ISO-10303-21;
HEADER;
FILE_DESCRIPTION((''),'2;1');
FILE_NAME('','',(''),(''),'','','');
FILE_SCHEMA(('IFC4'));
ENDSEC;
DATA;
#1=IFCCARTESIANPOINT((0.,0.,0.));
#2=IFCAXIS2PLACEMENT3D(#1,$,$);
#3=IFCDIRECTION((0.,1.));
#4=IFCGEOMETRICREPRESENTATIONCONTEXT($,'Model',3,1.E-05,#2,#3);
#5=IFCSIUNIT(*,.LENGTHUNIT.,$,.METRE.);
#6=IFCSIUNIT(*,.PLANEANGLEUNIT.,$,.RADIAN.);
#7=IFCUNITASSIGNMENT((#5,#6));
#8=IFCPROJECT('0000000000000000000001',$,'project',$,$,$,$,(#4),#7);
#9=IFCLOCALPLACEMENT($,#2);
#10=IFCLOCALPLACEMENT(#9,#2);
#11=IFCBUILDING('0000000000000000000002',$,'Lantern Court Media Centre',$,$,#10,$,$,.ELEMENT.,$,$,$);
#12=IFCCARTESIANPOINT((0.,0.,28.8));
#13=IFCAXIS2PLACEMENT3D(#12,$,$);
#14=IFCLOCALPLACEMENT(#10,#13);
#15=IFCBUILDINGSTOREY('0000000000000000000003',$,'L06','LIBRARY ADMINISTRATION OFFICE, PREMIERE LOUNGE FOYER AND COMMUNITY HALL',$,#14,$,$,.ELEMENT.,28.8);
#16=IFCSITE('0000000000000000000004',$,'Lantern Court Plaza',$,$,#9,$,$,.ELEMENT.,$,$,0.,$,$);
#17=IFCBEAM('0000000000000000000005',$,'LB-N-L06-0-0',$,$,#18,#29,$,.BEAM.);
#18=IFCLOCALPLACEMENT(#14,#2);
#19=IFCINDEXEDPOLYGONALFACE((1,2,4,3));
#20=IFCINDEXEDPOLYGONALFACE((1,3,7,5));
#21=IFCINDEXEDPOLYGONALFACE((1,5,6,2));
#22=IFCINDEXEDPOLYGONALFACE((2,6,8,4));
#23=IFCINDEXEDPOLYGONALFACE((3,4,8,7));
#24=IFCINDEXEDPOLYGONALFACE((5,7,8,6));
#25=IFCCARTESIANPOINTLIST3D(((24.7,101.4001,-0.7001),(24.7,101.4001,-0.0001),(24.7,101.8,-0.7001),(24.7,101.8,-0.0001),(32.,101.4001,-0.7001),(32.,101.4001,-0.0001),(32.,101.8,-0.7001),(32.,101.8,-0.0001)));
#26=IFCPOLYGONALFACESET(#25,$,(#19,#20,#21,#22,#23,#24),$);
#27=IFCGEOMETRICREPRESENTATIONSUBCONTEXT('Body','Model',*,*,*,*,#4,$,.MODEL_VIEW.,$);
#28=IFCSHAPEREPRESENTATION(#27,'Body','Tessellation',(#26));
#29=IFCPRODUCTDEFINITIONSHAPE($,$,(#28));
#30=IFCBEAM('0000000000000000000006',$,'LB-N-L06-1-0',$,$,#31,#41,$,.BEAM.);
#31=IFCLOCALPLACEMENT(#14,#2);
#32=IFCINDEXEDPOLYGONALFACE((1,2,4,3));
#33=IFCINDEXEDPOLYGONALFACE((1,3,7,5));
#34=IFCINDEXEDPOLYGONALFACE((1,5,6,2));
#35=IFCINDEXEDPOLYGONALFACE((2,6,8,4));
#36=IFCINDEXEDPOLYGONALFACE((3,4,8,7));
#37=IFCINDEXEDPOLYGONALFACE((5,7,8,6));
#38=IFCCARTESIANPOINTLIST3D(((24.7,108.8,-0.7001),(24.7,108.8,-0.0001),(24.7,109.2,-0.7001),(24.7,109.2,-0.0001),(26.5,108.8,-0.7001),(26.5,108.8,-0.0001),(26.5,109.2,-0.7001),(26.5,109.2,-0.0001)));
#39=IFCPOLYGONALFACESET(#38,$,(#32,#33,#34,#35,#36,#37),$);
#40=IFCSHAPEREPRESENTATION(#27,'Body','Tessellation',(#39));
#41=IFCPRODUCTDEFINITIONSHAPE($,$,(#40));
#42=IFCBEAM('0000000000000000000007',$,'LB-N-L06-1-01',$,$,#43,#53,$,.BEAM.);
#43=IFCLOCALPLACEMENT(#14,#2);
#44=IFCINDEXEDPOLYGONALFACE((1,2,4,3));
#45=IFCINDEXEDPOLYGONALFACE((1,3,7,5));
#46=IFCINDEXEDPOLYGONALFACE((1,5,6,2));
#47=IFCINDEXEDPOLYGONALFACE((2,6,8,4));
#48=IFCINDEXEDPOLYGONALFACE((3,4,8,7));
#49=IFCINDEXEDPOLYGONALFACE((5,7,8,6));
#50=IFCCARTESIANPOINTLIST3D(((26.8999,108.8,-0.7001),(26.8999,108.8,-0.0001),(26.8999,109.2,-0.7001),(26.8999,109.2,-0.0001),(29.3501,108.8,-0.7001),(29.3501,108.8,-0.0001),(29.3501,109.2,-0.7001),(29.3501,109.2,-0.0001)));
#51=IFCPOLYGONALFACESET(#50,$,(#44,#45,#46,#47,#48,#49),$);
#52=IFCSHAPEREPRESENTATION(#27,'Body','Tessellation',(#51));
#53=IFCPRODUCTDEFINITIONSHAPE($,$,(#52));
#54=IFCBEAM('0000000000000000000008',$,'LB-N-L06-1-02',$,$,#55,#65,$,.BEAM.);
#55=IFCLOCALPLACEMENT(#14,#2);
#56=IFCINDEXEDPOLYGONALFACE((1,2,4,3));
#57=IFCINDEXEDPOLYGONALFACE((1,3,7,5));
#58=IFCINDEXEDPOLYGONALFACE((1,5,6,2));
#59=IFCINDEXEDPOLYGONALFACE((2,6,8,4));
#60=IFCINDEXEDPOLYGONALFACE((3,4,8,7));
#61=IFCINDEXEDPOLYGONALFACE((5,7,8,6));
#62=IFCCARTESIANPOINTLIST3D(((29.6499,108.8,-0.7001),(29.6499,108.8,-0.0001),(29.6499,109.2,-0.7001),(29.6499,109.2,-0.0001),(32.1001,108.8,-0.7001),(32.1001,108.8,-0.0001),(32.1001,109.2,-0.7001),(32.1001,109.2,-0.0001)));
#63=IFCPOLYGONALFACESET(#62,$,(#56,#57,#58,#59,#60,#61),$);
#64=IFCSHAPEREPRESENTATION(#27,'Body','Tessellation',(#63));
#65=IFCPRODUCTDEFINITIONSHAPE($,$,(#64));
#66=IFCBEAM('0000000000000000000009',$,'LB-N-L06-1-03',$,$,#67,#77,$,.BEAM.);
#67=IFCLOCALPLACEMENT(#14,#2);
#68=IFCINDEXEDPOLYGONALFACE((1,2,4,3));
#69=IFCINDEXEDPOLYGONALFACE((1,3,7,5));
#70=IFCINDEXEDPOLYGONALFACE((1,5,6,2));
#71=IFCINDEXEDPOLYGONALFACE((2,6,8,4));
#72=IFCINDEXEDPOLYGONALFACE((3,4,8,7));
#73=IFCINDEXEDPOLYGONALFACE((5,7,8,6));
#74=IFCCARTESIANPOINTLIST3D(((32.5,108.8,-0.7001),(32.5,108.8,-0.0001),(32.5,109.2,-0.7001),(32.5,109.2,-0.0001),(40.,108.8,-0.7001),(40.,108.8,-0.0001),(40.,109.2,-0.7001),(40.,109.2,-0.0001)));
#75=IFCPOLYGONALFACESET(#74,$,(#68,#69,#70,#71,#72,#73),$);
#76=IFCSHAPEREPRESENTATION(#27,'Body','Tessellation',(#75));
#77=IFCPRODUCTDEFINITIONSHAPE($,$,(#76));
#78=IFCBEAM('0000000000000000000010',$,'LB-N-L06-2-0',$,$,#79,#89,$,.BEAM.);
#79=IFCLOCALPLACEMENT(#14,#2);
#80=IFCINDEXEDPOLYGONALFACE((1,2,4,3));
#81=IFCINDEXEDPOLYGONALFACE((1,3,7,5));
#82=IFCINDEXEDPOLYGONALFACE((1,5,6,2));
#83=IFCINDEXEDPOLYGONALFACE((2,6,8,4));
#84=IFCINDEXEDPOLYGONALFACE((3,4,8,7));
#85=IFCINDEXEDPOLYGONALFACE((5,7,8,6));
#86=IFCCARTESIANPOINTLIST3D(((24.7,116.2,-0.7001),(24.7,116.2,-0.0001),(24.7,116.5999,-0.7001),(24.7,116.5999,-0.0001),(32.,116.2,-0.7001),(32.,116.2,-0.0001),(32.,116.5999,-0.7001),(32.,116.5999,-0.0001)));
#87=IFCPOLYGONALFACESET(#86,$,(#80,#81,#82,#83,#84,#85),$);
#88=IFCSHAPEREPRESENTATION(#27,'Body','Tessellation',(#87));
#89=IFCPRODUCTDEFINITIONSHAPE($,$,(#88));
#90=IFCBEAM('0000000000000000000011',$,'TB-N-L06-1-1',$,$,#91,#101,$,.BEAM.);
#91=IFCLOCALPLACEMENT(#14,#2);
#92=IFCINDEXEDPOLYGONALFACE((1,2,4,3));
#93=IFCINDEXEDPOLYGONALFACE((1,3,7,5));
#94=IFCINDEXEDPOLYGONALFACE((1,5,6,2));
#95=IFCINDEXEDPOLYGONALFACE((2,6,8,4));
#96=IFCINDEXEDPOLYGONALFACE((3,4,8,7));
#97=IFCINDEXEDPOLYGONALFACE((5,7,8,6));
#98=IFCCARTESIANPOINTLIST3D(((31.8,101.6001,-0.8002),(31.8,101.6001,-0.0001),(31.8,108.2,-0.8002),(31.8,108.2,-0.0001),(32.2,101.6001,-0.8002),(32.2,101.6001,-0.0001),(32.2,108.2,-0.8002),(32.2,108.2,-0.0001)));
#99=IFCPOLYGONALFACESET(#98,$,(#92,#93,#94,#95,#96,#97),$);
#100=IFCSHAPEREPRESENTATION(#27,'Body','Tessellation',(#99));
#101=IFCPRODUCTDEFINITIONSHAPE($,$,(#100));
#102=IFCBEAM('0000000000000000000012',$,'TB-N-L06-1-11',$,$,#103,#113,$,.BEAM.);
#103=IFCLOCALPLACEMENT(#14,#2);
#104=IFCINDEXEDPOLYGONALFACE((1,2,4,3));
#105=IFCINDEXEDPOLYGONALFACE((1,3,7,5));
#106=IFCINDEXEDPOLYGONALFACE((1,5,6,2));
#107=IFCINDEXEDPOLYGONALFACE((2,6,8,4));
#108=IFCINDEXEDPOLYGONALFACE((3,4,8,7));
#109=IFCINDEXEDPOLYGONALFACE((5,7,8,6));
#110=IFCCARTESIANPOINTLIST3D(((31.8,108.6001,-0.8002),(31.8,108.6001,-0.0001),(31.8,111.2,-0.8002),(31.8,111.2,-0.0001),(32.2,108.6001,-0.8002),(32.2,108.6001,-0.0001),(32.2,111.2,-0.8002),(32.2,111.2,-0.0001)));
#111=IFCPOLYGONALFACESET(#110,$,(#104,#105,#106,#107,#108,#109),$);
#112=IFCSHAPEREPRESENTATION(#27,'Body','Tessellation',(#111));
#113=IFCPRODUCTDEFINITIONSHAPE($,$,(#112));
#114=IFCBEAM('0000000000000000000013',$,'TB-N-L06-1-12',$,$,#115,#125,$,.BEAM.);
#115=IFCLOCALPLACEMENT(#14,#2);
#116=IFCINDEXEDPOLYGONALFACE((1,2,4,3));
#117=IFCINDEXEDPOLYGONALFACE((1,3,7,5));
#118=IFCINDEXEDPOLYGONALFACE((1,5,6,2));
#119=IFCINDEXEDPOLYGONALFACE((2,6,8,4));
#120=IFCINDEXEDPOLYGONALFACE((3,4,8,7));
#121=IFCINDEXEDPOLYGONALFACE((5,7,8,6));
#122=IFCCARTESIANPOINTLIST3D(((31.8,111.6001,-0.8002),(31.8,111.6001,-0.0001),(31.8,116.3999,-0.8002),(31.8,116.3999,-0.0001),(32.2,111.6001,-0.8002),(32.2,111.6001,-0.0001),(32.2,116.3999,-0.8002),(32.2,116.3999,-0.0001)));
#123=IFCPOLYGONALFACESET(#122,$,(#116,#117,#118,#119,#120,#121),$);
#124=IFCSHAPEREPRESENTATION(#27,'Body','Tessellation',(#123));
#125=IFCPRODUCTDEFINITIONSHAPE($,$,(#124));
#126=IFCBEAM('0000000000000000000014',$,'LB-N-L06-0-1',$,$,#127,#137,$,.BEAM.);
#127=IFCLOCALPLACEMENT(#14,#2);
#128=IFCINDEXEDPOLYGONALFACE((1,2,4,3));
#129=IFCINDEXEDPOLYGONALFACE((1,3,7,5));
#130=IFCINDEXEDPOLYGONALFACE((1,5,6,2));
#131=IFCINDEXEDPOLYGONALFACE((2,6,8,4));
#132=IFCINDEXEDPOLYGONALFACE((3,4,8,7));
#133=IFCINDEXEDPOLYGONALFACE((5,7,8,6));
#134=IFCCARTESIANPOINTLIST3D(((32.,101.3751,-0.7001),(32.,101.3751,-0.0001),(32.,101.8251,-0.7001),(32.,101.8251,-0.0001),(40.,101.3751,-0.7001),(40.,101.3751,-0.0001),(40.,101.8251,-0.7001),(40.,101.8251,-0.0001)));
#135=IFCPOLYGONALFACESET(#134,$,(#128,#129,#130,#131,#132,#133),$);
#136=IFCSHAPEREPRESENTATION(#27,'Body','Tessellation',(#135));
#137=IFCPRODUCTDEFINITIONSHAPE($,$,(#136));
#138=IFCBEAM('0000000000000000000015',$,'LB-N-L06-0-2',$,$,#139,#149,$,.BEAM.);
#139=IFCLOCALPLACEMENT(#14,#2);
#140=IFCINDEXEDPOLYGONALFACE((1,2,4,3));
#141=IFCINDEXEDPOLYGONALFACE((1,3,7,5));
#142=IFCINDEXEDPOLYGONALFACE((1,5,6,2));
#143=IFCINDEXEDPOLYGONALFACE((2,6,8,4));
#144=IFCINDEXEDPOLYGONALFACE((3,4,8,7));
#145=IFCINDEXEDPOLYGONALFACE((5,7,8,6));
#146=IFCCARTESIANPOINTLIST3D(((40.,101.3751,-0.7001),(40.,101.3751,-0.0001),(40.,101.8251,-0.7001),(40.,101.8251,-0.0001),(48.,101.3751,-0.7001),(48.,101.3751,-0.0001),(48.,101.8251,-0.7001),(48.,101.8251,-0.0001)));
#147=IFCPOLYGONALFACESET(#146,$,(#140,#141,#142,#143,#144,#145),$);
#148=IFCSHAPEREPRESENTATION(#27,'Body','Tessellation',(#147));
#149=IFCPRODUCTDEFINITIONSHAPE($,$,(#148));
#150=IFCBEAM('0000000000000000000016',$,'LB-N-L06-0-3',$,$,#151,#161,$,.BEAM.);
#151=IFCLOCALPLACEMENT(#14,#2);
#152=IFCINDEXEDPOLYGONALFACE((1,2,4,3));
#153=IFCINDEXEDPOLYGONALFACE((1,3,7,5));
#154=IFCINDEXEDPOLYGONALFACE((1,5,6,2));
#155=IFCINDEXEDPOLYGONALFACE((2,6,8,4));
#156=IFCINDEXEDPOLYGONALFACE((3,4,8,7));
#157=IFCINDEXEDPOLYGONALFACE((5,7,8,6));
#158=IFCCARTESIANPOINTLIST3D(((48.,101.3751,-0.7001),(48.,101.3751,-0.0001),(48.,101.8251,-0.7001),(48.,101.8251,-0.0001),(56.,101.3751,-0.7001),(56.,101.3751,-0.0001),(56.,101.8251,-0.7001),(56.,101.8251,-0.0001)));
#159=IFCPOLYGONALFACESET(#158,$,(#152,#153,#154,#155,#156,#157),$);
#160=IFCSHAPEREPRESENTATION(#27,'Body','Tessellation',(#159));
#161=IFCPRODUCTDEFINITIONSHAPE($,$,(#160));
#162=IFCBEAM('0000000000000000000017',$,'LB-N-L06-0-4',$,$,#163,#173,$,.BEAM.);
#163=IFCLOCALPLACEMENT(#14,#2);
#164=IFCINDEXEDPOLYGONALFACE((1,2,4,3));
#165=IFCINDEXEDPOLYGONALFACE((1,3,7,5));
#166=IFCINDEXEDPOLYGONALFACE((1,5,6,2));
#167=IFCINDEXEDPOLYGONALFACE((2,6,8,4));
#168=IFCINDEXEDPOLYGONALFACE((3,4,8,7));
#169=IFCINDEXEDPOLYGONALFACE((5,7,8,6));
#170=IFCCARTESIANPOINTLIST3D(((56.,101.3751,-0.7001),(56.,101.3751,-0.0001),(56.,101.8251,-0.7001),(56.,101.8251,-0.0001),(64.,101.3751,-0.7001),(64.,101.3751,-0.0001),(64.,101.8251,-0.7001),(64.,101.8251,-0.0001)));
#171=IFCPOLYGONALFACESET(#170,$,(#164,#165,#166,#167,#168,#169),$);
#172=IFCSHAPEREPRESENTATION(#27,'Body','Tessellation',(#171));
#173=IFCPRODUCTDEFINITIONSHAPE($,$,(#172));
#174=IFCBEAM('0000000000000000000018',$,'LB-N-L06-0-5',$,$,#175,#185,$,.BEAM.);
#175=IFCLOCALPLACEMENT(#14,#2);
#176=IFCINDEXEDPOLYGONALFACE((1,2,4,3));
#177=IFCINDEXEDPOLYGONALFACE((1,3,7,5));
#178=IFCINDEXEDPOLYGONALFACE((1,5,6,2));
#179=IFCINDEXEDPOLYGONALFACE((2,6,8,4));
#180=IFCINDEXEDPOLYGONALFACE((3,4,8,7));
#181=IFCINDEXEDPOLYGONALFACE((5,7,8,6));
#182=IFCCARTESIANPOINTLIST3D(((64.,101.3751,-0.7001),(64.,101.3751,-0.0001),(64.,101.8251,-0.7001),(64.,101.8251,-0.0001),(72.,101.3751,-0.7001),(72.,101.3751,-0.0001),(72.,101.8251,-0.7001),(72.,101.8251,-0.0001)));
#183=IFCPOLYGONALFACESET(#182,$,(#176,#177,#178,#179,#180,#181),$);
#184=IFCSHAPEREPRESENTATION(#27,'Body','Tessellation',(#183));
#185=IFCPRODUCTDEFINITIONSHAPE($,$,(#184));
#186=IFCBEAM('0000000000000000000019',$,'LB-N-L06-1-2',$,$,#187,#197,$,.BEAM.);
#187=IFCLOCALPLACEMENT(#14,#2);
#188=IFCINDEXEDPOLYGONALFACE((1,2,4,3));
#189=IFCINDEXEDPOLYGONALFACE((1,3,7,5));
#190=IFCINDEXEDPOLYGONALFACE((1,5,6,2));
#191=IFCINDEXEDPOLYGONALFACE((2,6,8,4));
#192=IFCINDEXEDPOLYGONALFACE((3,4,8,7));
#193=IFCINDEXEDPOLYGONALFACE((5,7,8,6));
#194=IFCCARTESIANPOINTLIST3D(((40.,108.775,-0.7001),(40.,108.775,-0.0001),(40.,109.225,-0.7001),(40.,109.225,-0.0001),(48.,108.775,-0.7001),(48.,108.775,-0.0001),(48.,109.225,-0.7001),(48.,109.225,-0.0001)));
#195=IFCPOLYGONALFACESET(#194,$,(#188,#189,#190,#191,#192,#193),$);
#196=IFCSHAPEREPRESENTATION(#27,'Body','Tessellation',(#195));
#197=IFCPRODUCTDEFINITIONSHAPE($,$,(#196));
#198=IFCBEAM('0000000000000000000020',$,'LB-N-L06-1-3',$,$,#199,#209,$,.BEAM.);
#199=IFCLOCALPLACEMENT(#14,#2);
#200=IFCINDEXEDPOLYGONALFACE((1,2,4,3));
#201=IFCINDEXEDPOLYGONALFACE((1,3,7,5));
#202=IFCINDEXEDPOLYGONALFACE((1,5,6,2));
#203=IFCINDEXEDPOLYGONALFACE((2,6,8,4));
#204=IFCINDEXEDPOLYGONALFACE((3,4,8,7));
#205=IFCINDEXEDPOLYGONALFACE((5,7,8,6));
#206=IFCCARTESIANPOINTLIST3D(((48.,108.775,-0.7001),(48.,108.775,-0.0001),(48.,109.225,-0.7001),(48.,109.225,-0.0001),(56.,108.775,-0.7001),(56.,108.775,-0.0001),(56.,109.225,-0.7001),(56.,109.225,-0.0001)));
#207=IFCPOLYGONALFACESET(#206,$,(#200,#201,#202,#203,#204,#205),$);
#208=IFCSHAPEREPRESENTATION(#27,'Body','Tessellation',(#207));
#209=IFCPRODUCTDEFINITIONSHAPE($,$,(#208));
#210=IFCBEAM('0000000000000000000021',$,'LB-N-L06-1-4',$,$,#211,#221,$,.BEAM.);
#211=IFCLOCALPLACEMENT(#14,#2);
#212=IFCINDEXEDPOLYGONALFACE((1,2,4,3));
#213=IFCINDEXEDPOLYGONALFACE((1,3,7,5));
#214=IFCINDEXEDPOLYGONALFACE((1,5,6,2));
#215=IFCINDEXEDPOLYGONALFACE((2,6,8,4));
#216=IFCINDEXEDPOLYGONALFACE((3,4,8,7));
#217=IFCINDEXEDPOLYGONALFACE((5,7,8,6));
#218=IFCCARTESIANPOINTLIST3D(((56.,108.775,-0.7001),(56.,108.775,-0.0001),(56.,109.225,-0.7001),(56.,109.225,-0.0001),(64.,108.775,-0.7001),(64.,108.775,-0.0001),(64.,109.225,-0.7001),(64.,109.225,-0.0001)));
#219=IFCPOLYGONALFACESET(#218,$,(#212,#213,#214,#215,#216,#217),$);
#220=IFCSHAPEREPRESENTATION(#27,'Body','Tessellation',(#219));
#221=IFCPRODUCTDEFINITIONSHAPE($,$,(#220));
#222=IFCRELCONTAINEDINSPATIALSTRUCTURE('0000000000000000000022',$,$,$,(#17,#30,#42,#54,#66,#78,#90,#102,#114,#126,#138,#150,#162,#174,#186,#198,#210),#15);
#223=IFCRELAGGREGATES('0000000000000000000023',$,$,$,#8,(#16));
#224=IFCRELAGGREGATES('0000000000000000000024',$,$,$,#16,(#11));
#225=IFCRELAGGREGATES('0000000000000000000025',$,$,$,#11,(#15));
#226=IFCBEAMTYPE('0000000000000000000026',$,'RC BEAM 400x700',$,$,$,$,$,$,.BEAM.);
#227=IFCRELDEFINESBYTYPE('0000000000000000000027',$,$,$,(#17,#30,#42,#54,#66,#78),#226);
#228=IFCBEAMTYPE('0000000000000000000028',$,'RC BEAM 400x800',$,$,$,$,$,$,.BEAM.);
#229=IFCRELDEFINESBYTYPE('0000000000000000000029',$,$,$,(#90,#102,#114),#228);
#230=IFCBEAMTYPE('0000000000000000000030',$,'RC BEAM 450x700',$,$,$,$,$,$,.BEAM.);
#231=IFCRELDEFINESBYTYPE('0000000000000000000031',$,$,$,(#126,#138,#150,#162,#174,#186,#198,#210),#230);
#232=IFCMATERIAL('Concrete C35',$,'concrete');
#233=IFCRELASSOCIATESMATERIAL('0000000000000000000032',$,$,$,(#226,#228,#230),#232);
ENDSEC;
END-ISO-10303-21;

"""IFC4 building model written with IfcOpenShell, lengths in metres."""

from ifc_helpers import new_model, si_unit, direction, frame, origin, origin_2d, place, context, subcontext, project, spatial, rectangle, extrude, material, material_profile, profile_set, type_object, element, save


model = new_model("IFC4")

# Units and contexts
model_context = context("Model", 3, precision=1e-05, world=origin(), true_north=direction((0.0, 1.0)))
body_context = subcontext(model_context, "Body", "Model", "MODEL_VIEW")
ifc_project = project(units=[si_unit("LENGTHUNIT", "METRE"), si_unit("PLANEANGLEUNIT", "RADIAN")], contexts=[model_context])

# Site, building, storey
site_placement = place(None, origin())
site = spatial("IfcSite", under=ifc_project, at=site_placement, Name="Lantern Court Plaza", CompositionType="ELEMENT", RefElevation=0.0)
building_placement = place(site_placement, origin())
building = spatial("IfcBuilding", under=site, at=building_placement, Name="Lantern Court Media Centre", CompositionType="ELEMENT")
storey_placement = place(building_placement, frame((0.0, 0.0, 28.8)))
storey = spatial("IfcBuildingStorey", under=building, at=storey_placement, Name="L06", Description="LIBRARY ADMINISTRATION OFFICE, PREMIERE LOUNGE FOYER AND COMMUNITY HALL", CompositionType="ELEMENT", Elevation=28.8)

# Beams
ifc_material_1 = material(Name="Concrete C35", Category="concrete")
ifc_material_profile_1 = material_profile(ifc_material_1, rectangle(XDim=0.3999, YDim=0.7, at=origin_2d()), Name="RC 400x700")
ifc_profile_set_1 = profile_set([ifc_material_profile_1], Name="Concrete C35")
beam_type_1 = type_object("IfcBeamType", Name="RC BEAM 400x700", PredefinedType="BEAM", material=ifc_profile_set_1)
beam_1_placement = place(storey_placement, frame((24.7, 101.6001, -0.3501), z_axis=(1.0, 0.0, 0.0), x_axis=(0.0, 1.0, 0.0)))
element("IfcBeam", 1, at=beam_1_placement, inside=storey, type_object=beam_type_1, Name="LB-N-L06-0-0", PredefinedType="BEAM", context=body_context, shape_type="SweptSolid", body=[
    extrude(rectangle(XDim=0.3999, YDim=0.7, at=origin_2d()), origin(), (0.0, 0.0, 1.0), 7.3),
])
beam_2_placement = place(storey_placement, frame((24.7, 109.0, -0.3501), z_axis=(1.0, 0.0, 0.0), x_axis=(0.0, 1.0, 0.0)))
element("IfcBeam", 2, at=beam_2_placement, inside=storey, type_object=beam_type_1, Name="LB-N-L06-1-0", PredefinedType="BEAM", context=body_context, shape_type="SweptSolid", body=[
    extrude(rectangle(XDim=0.3999, YDim=0.7, at=origin_2d()), origin(), (0.0, 0.0, 1.0), 1.8),
])
for number, where, z_axis, x_axis, name in (
    (3, (26.8999, 109.0, -0.3501), (1.0, 0.0, 0.0), (0.0, 1.0, 0.0), "LB-N-L06-1-01"),
    (4, (29.6499, 109.0, -0.3501), (1.0, 0.0, 0.0), (0.0, 1.0, 0.0), "LB-N-L06-1-02"),
):
    element("IfcBeam", number, at=place(storey_placement, frame(where, z_axis=z_axis, x_axis=x_axis)), inside=storey, type_object=beam_type_1, Name=name, PredefinedType="BEAM", context=body_context, shape_type="SweptSolid", body=[
        extrude(rectangle(XDim=0.3999, YDim=0.7, at=origin_2d()), origin(), (0.0, 0.0, 1.0), 2.4502),
    ])
beam_3_placement = place(storey_placement, frame((32.5, 109.0, -0.3501), z_axis=(1.0, 0.0, 0.0), x_axis=(0.0, 1.0, 0.0)))
element("IfcBeam", 5, at=beam_3_placement, inside=storey, type_object=beam_type_1, Name="LB-N-L06-1-03", PredefinedType="BEAM", context=body_context, shape_type="SweptSolid", body=[
    extrude(rectangle(XDim=0.3999, YDim=0.7, at=origin_2d()), origin(), (0.0, 0.0, 1.0), 7.5),
])
beam_4_placement = place(storey_placement, frame((24.7, 116.3999, -0.3501), z_axis=(1.0, 0.0, 0.0), x_axis=(0.0, 1.0, 0.0)))
element("IfcBeam", 6, at=beam_4_placement, inside=storey, type_object=beam_type_1, Name="LB-N-L06-2-0", PredefinedType="BEAM", context=body_context, shape_type="SweptSolid", body=[
    extrude(rectangle(XDim=0.3999, YDim=0.7, at=origin_2d()), origin(), (0.0, 0.0, 1.0), 7.3),
])
ifc_material_profile_2 = material_profile(ifc_material_1, rectangle(XDim=0.3999, YDim=0.8, at=origin_2d()), Name="RC 400x800")
ifc_profile_set_2 = profile_set([ifc_material_profile_2], Name="Concrete C35")
beam_type_2 = type_object("IfcBeamType", Name="RC BEAM 400x800", PredefinedType="BEAM", material=ifc_profile_set_2)
beam_5_placement = place(storey_placement, frame((32.0, 101.6001, -0.4001), z_axis=(0.0, 1.0, 0.0), x_axis=(-1.0, 0.0, 0.0)))
element("IfcBeam", 7, at=beam_5_placement, inside=storey, type_object=beam_type_2, Name="TB-N-L06-1-1", PredefinedType="BEAM", context=body_context, shape_type="SweptSolid", body=[
    extrude(rectangle(XDim=0.3999, YDim=0.8, at=origin_2d()), origin(), (0.0, 0.0, 1.0), 6.5999),
])
beam_6_placement = place(storey_placement, frame((32.0, 108.6001, -0.4001), z_axis=(0.0, 1.0, 0.0), x_axis=(-1.0, 0.0, 0.0)))
element("IfcBeam", 8, at=beam_6_placement, inside=storey, type_object=beam_type_2, Name="TB-N-L06-1-11", PredefinedType="BEAM", context=body_context, shape_type="SweptSolid", body=[
    extrude(rectangle(XDim=0.3999, YDim=0.8, at=origin_2d()), origin(), (0.0, 0.0, 1.0), 2.5999),
])
beam_7_placement = place(storey_placement, frame((32.0, 111.6001, -0.4001), z_axis=(0.0, 1.0, 0.0), x_axis=(-1.0, 0.0, 0.0)))
element("IfcBeam", 9, at=beam_7_placement, inside=storey, type_object=beam_type_2, Name="TB-N-L06-1-12", PredefinedType="BEAM", context=body_context, shape_type="SweptSolid", body=[
    extrude(rectangle(XDim=0.3999, YDim=0.8, at=origin_2d()), origin(), (0.0, 0.0, 1.0), 4.7998),
])
ifc_material_profile_3 = material_profile(ifc_material_1, rectangle(XDim=0.45, YDim=0.7, at=origin_2d()), Name="RC 450x700")
ifc_profile_set_3 = profile_set([ifc_material_profile_3], Name="Concrete C35")
beam_type_3 = type_object("IfcBeamType", Name="RC BEAM 450x700", PredefinedType="BEAM", material=ifc_profile_set_3)
for number, where, z_axis, x_axis, name in (
    (10, (32.0, 101.6001, -0.3501), (1.0, 0.0, 0.0), (0.0, 1.0, 0.0), "LB-N-L06-0-1"),
    (11, (40.0, 101.6001, -0.3501), (1.0, 0.0, 0.0), (0.0, 1.0, 0.0), "LB-N-L06-0-2"),
    (12, (48.0, 101.6001, -0.3501), (1.0, 0.0, 0.0), (0.0, 1.0, 0.0), "LB-N-L06-0-3"),
    (13, (56.0, 101.6001, -0.3501), (1.0, 0.0, 0.0), (0.0, 1.0, 0.0), "LB-N-L06-0-4"),
    (14, (64.0, 101.6001, -0.3501), (1.0, 0.0, 0.0), (0.0, 1.0, 0.0), "LB-N-L06-0-5"),
    (15, (40.0, 109.0, -0.3501), (1.0, 0.0, 0.0), (0.0, 1.0, 0.0), "LB-N-L06-1-2"),
    (16, (48.0, 109.0, -0.3501), (1.0, 0.0, 0.0), (0.0, 1.0, 0.0), "LB-N-L06-1-3"),
    (17, (56.0, 109.0, -0.3501), (1.0, 0.0, 0.0), (0.0, 1.0, 0.0), "LB-N-L06-1-4"),
):
    element("IfcBeam", number, at=place(storey_placement, frame(where, z_axis=z_axis, x_axis=x_axis)), inside=storey, type_object=beam_type_3, Name=name, PredefinedType="BEAM", context=body_context, shape_type="SweptSolid", body=[
        extrude(rectangle(XDim=0.45, YDim=0.7, at=origin_2d()), origin(), (0.0, 0.0, 1.0), 8.0),
    ])

save(model, "model.ifc")
